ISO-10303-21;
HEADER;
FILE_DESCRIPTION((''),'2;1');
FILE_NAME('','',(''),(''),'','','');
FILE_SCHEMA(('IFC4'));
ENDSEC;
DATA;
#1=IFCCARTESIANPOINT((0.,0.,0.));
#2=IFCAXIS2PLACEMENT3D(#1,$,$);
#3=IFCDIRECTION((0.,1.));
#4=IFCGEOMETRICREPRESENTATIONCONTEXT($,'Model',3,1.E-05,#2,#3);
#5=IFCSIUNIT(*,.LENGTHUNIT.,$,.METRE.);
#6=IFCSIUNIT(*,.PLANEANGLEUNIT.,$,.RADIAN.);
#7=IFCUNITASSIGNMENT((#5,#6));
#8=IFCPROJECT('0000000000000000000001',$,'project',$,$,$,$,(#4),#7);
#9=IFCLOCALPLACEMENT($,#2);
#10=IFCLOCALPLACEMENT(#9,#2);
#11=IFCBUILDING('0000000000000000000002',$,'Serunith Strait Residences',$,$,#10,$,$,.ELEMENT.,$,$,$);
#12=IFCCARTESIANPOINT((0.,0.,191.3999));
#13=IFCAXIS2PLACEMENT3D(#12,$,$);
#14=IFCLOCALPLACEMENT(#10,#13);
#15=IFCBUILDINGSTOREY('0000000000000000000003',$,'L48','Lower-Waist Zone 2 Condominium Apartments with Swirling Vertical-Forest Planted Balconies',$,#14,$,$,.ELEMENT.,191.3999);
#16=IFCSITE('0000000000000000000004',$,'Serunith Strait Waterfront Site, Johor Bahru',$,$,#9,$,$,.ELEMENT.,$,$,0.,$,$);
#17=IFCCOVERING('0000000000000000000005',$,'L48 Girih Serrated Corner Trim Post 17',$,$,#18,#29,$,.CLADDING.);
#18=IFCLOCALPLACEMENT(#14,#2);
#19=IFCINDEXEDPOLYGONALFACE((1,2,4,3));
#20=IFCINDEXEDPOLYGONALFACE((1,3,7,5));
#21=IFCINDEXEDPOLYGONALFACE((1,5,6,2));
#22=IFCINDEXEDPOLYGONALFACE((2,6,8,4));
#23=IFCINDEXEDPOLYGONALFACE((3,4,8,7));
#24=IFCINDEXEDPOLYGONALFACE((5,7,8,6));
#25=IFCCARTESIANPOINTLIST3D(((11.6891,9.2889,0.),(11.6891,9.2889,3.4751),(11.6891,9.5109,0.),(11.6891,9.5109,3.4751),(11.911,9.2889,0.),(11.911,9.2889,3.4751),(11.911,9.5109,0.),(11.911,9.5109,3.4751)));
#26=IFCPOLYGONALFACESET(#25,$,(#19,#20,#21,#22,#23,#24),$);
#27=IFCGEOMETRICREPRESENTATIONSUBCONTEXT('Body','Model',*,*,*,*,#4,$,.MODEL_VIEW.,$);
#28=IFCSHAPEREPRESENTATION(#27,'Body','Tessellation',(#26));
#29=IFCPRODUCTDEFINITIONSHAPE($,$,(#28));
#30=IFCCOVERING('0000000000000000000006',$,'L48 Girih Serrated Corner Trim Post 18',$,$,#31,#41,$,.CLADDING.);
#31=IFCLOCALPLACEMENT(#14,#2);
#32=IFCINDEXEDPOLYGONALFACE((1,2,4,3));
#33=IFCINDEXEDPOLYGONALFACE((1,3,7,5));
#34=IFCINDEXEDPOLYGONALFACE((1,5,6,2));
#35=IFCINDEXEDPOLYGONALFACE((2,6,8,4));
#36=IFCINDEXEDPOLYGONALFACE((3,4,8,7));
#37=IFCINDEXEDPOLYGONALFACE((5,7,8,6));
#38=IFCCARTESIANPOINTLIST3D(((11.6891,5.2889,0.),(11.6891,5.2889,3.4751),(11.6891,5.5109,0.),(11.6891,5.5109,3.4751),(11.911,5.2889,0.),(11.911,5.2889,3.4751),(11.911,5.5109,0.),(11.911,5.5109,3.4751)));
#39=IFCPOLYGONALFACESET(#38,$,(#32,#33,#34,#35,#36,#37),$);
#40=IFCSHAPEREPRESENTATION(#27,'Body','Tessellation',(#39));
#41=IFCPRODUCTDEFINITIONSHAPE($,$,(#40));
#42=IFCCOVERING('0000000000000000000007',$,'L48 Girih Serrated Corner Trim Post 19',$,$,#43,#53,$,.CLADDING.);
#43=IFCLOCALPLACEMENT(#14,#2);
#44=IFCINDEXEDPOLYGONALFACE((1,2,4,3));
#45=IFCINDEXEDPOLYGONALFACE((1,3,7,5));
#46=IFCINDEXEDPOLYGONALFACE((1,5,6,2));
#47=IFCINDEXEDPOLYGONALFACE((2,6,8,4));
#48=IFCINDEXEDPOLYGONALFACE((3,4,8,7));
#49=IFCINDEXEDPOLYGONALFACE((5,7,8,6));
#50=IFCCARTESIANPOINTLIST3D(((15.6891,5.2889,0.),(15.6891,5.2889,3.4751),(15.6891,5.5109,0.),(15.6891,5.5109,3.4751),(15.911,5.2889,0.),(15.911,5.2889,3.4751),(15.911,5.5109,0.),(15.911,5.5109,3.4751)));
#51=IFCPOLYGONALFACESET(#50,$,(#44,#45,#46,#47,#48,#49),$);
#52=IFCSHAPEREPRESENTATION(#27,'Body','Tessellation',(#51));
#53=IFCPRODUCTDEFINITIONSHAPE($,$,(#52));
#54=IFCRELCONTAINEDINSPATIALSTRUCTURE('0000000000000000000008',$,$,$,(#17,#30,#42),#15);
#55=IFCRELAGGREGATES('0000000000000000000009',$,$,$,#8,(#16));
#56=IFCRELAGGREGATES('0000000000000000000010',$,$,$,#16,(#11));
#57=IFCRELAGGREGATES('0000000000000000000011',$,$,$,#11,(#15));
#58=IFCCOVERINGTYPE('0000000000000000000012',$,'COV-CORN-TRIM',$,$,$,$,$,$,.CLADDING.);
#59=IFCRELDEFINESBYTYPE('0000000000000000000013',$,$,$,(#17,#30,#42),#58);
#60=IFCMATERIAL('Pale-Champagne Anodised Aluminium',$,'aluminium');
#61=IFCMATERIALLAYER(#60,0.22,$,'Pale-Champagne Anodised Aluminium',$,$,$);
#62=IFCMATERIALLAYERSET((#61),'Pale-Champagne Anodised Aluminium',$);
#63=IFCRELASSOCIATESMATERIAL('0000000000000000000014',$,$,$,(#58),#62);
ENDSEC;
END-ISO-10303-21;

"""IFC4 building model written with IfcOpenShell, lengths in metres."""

from ifc_helpers import new_model, si_unit, direction, frame, origin, origin_2d, place, context, subcontext, project, spatial, rectangle, extrude, source, transform, mapped, material, layer, layer_set, type_object, element, save


model = new_model("IFC4")

# Units and contexts
model_context = context("Model", 3, precision=1e-05, world=origin(), true_north=direction((0.0, 1.0)))
body_context = subcontext(model_context, "Body", "Model", "MODEL_VIEW")
ifc_project = project(units=[si_unit("LENGTHUNIT", "METRE"), si_unit("PLANEANGLEUNIT", "RADIAN")], contexts=[model_context])

# Site, building, storey
site_placement = place(None, origin())
site = spatial("IfcSite", under=ifc_project, at=site_placement, Name="Serunith Strait Waterfront Site, Johor Bahru", CompositionType="ELEMENT", RefElevation=0.0)
building_placement = place(site_placement, origin())
building = spatial("IfcBuilding", under=site, at=building_placement, Name="Serunith Strait Residences", CompositionType="ELEMENT")
storey_placement = place(building_placement, frame((0.0, 0.0, 191.3999)))
storey = spatial("IfcBuildingStorey", under=building, at=storey_placement, Name="L48", Description="Lower-Waist Zone 2 Condominium Apartments with Swirling Vertical-Forest Planted Balconies", CompositionType="ELEMENT", Elevation=191.3999)

# Coverings
ifc_material_1 = material(Name="Pale-Champagne Anodised Aluminium", Category="aluminium")
ifc_layer_1 = layer(ifc_material_1, 0.22, Name="Pale-Champagne Anodised Aluminium")
ifc_layer_set_1 = layer_set([ifc_layer_1], Name="Pale-Champagne Anodised Aluminium")
covering_type_1 = type_object("IfcCoveringType", Name="COV-CORN-TRIM", PredefinedType="CLADDING", material=ifc_layer_set_1)
shared_shape_1 = source(origin(), body_context, "Body", "SweptSolid", [
    extrude(rectangle(XDim=0.2219, YDim=0.2219, at=origin_2d()), origin(), (0.0, 0.0, 1.0), 3.4751),
])
for number, where, z_axis, x_axis, name in (
    (1, (11.8, 9.3999, 0.0), (0.0, 0.0, 1.0), (1.0, 0.0, 0.0), "L48 Girih Serrated Corner Trim Post 17"),
    (2, (11.8, 5.3999, 0.0), (0.0, 0.0, 1.0), (1.0, 0.0, 0.0), "L48 Girih Serrated Corner Trim Post 18"),
    (3, (15.8, 5.3999, 0.0), (0.0, 0.0, 1.0), (1.0, 0.0, 0.0), "L48 Girih Serrated Corner Trim Post 19"),
):
    element("IfcCovering", number, at=place(storey_placement, frame(where, z_axis=z_axis, x_axis=x_axis)), inside=storey, type_object=covering_type_1, Name=name, PredefinedType="CLADDING", context=body_context, shape_type="MappedRepresentation", body=[
        mapped(shared_shape_1, transform((0.0, 0.0, 0.0), scale=1.0)),
    ])

save(model, "model.ifc")
